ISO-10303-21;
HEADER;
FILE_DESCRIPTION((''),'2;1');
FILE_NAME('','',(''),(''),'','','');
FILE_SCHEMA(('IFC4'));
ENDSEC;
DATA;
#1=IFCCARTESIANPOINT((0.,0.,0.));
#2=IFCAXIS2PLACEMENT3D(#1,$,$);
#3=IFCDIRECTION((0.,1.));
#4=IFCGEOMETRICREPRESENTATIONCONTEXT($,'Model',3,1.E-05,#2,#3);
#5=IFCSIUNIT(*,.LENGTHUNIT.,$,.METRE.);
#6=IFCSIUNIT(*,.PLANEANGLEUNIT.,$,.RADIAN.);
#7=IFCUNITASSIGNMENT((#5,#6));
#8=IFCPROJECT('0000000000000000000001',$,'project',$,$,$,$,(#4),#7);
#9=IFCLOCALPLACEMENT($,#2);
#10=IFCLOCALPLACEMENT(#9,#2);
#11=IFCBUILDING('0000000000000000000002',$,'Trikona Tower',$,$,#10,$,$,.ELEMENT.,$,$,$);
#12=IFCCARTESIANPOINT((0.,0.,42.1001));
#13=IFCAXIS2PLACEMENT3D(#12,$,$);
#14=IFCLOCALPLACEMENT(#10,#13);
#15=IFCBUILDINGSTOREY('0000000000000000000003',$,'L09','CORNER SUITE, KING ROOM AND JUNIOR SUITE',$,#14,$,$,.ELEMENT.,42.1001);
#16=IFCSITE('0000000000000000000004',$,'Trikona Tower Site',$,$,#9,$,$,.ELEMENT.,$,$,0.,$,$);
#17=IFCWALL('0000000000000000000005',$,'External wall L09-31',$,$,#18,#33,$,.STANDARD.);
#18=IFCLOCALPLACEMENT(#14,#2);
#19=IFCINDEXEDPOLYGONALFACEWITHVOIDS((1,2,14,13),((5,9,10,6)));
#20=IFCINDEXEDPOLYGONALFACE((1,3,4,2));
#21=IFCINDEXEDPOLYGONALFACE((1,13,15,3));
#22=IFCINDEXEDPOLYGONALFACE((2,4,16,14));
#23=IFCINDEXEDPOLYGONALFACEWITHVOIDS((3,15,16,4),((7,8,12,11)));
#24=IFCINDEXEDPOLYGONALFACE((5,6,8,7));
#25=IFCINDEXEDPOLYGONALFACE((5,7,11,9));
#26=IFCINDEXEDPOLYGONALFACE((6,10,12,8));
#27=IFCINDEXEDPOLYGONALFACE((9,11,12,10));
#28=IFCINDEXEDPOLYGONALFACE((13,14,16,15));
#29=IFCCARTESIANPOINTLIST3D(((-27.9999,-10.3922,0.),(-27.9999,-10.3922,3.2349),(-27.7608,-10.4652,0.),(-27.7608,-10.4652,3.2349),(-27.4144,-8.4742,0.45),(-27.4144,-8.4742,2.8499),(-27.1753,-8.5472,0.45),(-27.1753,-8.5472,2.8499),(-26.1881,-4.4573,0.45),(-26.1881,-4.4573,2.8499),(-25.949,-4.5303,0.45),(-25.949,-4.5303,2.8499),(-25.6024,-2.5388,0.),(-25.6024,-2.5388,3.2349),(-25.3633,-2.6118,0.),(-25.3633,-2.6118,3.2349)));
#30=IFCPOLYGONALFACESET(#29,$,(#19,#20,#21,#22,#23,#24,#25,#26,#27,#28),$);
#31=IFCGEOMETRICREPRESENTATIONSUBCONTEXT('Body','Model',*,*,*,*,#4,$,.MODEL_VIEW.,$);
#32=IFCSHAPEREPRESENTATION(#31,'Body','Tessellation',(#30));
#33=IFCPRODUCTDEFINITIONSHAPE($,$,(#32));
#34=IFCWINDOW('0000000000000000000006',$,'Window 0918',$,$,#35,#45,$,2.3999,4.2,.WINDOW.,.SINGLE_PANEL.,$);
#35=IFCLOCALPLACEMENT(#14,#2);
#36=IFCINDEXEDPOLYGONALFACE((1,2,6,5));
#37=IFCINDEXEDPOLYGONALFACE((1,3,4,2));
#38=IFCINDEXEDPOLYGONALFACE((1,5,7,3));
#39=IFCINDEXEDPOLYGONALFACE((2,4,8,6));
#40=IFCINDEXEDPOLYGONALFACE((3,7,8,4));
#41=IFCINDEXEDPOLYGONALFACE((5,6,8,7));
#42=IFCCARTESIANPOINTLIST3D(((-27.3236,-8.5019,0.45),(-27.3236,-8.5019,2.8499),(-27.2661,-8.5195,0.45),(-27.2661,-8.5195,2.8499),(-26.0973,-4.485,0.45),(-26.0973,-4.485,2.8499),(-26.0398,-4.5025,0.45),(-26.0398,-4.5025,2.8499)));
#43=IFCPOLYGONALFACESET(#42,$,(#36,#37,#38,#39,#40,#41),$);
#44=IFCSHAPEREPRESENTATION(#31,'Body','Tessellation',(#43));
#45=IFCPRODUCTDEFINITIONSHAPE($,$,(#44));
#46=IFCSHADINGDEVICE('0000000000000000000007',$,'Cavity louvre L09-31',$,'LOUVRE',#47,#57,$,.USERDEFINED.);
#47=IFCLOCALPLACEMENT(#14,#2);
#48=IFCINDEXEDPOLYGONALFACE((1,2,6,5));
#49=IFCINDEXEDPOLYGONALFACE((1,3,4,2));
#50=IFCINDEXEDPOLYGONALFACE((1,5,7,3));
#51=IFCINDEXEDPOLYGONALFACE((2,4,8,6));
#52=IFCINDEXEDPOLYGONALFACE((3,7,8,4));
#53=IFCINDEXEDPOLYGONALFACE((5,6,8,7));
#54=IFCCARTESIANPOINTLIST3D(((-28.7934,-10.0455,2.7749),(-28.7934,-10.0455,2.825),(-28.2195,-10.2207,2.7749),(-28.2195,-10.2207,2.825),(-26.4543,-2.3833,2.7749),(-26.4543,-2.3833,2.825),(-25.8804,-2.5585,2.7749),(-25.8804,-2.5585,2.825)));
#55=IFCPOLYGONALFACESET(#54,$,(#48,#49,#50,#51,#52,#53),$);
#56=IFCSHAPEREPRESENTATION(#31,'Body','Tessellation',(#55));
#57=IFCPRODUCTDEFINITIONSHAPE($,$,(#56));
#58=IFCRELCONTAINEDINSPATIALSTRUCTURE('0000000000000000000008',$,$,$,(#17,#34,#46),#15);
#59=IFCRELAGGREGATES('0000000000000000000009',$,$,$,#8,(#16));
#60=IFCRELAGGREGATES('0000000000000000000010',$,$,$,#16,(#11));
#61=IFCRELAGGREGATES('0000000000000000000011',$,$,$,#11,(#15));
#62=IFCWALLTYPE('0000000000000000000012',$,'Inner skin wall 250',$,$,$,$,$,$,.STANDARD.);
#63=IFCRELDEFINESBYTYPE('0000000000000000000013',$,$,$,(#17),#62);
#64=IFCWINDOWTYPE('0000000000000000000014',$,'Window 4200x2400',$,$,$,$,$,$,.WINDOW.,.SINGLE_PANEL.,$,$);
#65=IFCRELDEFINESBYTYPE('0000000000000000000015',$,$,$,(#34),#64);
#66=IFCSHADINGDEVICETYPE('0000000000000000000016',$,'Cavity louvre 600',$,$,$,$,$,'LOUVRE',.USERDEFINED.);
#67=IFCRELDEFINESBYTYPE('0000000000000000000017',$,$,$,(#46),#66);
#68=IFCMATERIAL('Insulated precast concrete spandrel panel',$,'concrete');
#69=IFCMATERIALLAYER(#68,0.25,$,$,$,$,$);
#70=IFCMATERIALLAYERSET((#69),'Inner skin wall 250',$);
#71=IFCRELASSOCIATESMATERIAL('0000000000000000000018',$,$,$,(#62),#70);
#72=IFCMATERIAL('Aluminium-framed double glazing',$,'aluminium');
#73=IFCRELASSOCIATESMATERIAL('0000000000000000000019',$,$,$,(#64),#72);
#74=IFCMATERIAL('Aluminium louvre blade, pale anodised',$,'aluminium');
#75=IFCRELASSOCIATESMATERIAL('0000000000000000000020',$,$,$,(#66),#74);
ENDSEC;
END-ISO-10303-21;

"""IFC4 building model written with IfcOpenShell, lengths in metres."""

from ifc_helpers import new_model, si_unit, direction, frame, frame_2d, origin, origin_2d, place, context, subcontext, project, spatial, rectangle, extrude, material, layer, layer_set, type_object, element, fill, save


model = new_model("IFC4")

# Units and contexts
model_context = context("Model", 3, precision=1e-05, world=origin(), true_north=direction((0.0, 1.0)))
body_context = subcontext(model_context, "Body", "Model", "MODEL_VIEW")
ifc_project = project(units=[si_unit("LENGTHUNIT", "METRE"), si_unit("PLANEANGLEUNIT", "RADIAN")], contexts=[model_context])

# Site, building, storey
site_placement = place(None, origin())
site = spatial("IfcSite", under=ifc_project, at=site_placement, Name="Trikona Tower Site", CompositionType="ELEMENT", RefElevation=0.0)
building_placement = place(site_placement, origin())
building = spatial("IfcBuilding", under=site, at=building_placement, Name="Trikona Tower", CompositionType="ELEMENT")
storey_placement = place(building_placement, frame((0.0, 0.0, 42.1001)))
storey = spatial("IfcBuildingStorey", under=building, at=storey_placement, Name="L09", Description="CORNER SUITE, KING ROOM AND JUNIOR SUITE", CompositionType="ELEMENT", Elevation=42.1001)

# Wall, opening, window
ifc_material_1 = material(Name="Insulated precast concrete spandrel panel", Category="concrete")
ifc_layer_1 = layer(ifc_material_1, 0.25)
ifc_layer_set_1 = layer_set([ifc_layer_1], Name="Inner skin wall 250")
wall_type_1 = type_object("IfcWallType", Name="Inner skin wall 250", PredefinedType="STANDARD", material=ifc_layer_set_1)
wall_1_placement = place(storey_placement, frame((-25.4829, -2.5754, 0.0), z_axis=(0.0, 0.0, 1.0), x_axis=(-0.291979, -0.956425, 0.0)))
wall_1 = element("IfcWall", 1, at=wall_1_placement, inside=storey, type_object=wall_type_1, Name="External wall L09-31", PredefinedType="STANDARD", context=body_context, shape_type="SweptSolid", body=[
    extrude(rectangle(XDim=8.2112, YDim=0.25, at=frame_2d((4.1055, 0.0))), origin(), (0.0, 0.0, 1.0), 3.2349),
])
opening_1_placement = place(wall_1_placement, frame((2.0056, 0.0, 0.45)))
opening_1 = element("IfcOpeningElement", 2, at=opening_1_placement, cuts=wall_1, PredefinedType="OPENING", context=body_context, shape_type="SweptSolid", body=[
    extrude(rectangle(XDim=4.2, YDim=2.3999, at=frame_2d((2.1001, 1.2))), frame((0.0, 0.135, 0.0), z_axis=(0.0, -1.0, 0.0), x_axis=(1.0, 0.0, 0.0)), (0.0, 0.0, 1.0), 0.27),
])
ifc_material_2 = material(Name="Aluminium-framed double glazing", Category="aluminium")
window_type_1 = type_object("IfcWindowType", Name="Window 4200x2400", PartitioningType="SINGLE_PANEL", PredefinedType="WINDOW", material=ifc_material_2)
window_1_placement = place(opening_1_placement, origin())
window_1 = element("IfcWindow", 3, at=window_1_placement, inside=storey, type_object=window_type_1, Name="Window 0918", OverallHeight=2.3999, OverallWidth=4.2, PartitioningType="SINGLE_PANEL", PredefinedType="WINDOW", context=body_context, shape_type="SweptSolid", body=[
    extrude(rectangle(XDim=4.2, YDim=2.3999, at=frame_2d((2.1001, 1.2))), frame((0.0, 0.03, 0.0), z_axis=(0.0, -1.0, 0.0), x_axis=(1.0, 0.0, 0.0)), (0.0, 0.0, 1.0), 0.0601),
])
fill(opening_1, window_1)

# Shading device
ifc_material_3 = material(Name="Aluminium louvre blade, pale anodised", Category="aluminium")
shading_device_type = type_object("IfcShadingDeviceType", Name="Cavity louvre 600", ElementType="LOUVRE", PredefinedType="USERDEFINED", material=ifc_material_3)
shading_device_placement = place(storey_placement, frame((-27.3369, -6.302, 2.7749), z_axis=(0.0, 0.0, 1.0), x_axis=(-0.291979, -0.956425, 0.0)))
element("IfcShadingDevice", 4, at=shading_device_placement, inside=storey, type_object=shading_device_type, Name="Cavity louvre L09-31", ObjectType="LOUVRE", PredefinedType="USERDEFINED", context=body_context, shape_type="SweptSolid", body=[
    extrude(rectangle(XDim=8.0112, YDim=0.6001, at=origin_2d()), origin(), (0.0, 0.0, 1.0), 0.05),
])

save(model, "model.ifc")
